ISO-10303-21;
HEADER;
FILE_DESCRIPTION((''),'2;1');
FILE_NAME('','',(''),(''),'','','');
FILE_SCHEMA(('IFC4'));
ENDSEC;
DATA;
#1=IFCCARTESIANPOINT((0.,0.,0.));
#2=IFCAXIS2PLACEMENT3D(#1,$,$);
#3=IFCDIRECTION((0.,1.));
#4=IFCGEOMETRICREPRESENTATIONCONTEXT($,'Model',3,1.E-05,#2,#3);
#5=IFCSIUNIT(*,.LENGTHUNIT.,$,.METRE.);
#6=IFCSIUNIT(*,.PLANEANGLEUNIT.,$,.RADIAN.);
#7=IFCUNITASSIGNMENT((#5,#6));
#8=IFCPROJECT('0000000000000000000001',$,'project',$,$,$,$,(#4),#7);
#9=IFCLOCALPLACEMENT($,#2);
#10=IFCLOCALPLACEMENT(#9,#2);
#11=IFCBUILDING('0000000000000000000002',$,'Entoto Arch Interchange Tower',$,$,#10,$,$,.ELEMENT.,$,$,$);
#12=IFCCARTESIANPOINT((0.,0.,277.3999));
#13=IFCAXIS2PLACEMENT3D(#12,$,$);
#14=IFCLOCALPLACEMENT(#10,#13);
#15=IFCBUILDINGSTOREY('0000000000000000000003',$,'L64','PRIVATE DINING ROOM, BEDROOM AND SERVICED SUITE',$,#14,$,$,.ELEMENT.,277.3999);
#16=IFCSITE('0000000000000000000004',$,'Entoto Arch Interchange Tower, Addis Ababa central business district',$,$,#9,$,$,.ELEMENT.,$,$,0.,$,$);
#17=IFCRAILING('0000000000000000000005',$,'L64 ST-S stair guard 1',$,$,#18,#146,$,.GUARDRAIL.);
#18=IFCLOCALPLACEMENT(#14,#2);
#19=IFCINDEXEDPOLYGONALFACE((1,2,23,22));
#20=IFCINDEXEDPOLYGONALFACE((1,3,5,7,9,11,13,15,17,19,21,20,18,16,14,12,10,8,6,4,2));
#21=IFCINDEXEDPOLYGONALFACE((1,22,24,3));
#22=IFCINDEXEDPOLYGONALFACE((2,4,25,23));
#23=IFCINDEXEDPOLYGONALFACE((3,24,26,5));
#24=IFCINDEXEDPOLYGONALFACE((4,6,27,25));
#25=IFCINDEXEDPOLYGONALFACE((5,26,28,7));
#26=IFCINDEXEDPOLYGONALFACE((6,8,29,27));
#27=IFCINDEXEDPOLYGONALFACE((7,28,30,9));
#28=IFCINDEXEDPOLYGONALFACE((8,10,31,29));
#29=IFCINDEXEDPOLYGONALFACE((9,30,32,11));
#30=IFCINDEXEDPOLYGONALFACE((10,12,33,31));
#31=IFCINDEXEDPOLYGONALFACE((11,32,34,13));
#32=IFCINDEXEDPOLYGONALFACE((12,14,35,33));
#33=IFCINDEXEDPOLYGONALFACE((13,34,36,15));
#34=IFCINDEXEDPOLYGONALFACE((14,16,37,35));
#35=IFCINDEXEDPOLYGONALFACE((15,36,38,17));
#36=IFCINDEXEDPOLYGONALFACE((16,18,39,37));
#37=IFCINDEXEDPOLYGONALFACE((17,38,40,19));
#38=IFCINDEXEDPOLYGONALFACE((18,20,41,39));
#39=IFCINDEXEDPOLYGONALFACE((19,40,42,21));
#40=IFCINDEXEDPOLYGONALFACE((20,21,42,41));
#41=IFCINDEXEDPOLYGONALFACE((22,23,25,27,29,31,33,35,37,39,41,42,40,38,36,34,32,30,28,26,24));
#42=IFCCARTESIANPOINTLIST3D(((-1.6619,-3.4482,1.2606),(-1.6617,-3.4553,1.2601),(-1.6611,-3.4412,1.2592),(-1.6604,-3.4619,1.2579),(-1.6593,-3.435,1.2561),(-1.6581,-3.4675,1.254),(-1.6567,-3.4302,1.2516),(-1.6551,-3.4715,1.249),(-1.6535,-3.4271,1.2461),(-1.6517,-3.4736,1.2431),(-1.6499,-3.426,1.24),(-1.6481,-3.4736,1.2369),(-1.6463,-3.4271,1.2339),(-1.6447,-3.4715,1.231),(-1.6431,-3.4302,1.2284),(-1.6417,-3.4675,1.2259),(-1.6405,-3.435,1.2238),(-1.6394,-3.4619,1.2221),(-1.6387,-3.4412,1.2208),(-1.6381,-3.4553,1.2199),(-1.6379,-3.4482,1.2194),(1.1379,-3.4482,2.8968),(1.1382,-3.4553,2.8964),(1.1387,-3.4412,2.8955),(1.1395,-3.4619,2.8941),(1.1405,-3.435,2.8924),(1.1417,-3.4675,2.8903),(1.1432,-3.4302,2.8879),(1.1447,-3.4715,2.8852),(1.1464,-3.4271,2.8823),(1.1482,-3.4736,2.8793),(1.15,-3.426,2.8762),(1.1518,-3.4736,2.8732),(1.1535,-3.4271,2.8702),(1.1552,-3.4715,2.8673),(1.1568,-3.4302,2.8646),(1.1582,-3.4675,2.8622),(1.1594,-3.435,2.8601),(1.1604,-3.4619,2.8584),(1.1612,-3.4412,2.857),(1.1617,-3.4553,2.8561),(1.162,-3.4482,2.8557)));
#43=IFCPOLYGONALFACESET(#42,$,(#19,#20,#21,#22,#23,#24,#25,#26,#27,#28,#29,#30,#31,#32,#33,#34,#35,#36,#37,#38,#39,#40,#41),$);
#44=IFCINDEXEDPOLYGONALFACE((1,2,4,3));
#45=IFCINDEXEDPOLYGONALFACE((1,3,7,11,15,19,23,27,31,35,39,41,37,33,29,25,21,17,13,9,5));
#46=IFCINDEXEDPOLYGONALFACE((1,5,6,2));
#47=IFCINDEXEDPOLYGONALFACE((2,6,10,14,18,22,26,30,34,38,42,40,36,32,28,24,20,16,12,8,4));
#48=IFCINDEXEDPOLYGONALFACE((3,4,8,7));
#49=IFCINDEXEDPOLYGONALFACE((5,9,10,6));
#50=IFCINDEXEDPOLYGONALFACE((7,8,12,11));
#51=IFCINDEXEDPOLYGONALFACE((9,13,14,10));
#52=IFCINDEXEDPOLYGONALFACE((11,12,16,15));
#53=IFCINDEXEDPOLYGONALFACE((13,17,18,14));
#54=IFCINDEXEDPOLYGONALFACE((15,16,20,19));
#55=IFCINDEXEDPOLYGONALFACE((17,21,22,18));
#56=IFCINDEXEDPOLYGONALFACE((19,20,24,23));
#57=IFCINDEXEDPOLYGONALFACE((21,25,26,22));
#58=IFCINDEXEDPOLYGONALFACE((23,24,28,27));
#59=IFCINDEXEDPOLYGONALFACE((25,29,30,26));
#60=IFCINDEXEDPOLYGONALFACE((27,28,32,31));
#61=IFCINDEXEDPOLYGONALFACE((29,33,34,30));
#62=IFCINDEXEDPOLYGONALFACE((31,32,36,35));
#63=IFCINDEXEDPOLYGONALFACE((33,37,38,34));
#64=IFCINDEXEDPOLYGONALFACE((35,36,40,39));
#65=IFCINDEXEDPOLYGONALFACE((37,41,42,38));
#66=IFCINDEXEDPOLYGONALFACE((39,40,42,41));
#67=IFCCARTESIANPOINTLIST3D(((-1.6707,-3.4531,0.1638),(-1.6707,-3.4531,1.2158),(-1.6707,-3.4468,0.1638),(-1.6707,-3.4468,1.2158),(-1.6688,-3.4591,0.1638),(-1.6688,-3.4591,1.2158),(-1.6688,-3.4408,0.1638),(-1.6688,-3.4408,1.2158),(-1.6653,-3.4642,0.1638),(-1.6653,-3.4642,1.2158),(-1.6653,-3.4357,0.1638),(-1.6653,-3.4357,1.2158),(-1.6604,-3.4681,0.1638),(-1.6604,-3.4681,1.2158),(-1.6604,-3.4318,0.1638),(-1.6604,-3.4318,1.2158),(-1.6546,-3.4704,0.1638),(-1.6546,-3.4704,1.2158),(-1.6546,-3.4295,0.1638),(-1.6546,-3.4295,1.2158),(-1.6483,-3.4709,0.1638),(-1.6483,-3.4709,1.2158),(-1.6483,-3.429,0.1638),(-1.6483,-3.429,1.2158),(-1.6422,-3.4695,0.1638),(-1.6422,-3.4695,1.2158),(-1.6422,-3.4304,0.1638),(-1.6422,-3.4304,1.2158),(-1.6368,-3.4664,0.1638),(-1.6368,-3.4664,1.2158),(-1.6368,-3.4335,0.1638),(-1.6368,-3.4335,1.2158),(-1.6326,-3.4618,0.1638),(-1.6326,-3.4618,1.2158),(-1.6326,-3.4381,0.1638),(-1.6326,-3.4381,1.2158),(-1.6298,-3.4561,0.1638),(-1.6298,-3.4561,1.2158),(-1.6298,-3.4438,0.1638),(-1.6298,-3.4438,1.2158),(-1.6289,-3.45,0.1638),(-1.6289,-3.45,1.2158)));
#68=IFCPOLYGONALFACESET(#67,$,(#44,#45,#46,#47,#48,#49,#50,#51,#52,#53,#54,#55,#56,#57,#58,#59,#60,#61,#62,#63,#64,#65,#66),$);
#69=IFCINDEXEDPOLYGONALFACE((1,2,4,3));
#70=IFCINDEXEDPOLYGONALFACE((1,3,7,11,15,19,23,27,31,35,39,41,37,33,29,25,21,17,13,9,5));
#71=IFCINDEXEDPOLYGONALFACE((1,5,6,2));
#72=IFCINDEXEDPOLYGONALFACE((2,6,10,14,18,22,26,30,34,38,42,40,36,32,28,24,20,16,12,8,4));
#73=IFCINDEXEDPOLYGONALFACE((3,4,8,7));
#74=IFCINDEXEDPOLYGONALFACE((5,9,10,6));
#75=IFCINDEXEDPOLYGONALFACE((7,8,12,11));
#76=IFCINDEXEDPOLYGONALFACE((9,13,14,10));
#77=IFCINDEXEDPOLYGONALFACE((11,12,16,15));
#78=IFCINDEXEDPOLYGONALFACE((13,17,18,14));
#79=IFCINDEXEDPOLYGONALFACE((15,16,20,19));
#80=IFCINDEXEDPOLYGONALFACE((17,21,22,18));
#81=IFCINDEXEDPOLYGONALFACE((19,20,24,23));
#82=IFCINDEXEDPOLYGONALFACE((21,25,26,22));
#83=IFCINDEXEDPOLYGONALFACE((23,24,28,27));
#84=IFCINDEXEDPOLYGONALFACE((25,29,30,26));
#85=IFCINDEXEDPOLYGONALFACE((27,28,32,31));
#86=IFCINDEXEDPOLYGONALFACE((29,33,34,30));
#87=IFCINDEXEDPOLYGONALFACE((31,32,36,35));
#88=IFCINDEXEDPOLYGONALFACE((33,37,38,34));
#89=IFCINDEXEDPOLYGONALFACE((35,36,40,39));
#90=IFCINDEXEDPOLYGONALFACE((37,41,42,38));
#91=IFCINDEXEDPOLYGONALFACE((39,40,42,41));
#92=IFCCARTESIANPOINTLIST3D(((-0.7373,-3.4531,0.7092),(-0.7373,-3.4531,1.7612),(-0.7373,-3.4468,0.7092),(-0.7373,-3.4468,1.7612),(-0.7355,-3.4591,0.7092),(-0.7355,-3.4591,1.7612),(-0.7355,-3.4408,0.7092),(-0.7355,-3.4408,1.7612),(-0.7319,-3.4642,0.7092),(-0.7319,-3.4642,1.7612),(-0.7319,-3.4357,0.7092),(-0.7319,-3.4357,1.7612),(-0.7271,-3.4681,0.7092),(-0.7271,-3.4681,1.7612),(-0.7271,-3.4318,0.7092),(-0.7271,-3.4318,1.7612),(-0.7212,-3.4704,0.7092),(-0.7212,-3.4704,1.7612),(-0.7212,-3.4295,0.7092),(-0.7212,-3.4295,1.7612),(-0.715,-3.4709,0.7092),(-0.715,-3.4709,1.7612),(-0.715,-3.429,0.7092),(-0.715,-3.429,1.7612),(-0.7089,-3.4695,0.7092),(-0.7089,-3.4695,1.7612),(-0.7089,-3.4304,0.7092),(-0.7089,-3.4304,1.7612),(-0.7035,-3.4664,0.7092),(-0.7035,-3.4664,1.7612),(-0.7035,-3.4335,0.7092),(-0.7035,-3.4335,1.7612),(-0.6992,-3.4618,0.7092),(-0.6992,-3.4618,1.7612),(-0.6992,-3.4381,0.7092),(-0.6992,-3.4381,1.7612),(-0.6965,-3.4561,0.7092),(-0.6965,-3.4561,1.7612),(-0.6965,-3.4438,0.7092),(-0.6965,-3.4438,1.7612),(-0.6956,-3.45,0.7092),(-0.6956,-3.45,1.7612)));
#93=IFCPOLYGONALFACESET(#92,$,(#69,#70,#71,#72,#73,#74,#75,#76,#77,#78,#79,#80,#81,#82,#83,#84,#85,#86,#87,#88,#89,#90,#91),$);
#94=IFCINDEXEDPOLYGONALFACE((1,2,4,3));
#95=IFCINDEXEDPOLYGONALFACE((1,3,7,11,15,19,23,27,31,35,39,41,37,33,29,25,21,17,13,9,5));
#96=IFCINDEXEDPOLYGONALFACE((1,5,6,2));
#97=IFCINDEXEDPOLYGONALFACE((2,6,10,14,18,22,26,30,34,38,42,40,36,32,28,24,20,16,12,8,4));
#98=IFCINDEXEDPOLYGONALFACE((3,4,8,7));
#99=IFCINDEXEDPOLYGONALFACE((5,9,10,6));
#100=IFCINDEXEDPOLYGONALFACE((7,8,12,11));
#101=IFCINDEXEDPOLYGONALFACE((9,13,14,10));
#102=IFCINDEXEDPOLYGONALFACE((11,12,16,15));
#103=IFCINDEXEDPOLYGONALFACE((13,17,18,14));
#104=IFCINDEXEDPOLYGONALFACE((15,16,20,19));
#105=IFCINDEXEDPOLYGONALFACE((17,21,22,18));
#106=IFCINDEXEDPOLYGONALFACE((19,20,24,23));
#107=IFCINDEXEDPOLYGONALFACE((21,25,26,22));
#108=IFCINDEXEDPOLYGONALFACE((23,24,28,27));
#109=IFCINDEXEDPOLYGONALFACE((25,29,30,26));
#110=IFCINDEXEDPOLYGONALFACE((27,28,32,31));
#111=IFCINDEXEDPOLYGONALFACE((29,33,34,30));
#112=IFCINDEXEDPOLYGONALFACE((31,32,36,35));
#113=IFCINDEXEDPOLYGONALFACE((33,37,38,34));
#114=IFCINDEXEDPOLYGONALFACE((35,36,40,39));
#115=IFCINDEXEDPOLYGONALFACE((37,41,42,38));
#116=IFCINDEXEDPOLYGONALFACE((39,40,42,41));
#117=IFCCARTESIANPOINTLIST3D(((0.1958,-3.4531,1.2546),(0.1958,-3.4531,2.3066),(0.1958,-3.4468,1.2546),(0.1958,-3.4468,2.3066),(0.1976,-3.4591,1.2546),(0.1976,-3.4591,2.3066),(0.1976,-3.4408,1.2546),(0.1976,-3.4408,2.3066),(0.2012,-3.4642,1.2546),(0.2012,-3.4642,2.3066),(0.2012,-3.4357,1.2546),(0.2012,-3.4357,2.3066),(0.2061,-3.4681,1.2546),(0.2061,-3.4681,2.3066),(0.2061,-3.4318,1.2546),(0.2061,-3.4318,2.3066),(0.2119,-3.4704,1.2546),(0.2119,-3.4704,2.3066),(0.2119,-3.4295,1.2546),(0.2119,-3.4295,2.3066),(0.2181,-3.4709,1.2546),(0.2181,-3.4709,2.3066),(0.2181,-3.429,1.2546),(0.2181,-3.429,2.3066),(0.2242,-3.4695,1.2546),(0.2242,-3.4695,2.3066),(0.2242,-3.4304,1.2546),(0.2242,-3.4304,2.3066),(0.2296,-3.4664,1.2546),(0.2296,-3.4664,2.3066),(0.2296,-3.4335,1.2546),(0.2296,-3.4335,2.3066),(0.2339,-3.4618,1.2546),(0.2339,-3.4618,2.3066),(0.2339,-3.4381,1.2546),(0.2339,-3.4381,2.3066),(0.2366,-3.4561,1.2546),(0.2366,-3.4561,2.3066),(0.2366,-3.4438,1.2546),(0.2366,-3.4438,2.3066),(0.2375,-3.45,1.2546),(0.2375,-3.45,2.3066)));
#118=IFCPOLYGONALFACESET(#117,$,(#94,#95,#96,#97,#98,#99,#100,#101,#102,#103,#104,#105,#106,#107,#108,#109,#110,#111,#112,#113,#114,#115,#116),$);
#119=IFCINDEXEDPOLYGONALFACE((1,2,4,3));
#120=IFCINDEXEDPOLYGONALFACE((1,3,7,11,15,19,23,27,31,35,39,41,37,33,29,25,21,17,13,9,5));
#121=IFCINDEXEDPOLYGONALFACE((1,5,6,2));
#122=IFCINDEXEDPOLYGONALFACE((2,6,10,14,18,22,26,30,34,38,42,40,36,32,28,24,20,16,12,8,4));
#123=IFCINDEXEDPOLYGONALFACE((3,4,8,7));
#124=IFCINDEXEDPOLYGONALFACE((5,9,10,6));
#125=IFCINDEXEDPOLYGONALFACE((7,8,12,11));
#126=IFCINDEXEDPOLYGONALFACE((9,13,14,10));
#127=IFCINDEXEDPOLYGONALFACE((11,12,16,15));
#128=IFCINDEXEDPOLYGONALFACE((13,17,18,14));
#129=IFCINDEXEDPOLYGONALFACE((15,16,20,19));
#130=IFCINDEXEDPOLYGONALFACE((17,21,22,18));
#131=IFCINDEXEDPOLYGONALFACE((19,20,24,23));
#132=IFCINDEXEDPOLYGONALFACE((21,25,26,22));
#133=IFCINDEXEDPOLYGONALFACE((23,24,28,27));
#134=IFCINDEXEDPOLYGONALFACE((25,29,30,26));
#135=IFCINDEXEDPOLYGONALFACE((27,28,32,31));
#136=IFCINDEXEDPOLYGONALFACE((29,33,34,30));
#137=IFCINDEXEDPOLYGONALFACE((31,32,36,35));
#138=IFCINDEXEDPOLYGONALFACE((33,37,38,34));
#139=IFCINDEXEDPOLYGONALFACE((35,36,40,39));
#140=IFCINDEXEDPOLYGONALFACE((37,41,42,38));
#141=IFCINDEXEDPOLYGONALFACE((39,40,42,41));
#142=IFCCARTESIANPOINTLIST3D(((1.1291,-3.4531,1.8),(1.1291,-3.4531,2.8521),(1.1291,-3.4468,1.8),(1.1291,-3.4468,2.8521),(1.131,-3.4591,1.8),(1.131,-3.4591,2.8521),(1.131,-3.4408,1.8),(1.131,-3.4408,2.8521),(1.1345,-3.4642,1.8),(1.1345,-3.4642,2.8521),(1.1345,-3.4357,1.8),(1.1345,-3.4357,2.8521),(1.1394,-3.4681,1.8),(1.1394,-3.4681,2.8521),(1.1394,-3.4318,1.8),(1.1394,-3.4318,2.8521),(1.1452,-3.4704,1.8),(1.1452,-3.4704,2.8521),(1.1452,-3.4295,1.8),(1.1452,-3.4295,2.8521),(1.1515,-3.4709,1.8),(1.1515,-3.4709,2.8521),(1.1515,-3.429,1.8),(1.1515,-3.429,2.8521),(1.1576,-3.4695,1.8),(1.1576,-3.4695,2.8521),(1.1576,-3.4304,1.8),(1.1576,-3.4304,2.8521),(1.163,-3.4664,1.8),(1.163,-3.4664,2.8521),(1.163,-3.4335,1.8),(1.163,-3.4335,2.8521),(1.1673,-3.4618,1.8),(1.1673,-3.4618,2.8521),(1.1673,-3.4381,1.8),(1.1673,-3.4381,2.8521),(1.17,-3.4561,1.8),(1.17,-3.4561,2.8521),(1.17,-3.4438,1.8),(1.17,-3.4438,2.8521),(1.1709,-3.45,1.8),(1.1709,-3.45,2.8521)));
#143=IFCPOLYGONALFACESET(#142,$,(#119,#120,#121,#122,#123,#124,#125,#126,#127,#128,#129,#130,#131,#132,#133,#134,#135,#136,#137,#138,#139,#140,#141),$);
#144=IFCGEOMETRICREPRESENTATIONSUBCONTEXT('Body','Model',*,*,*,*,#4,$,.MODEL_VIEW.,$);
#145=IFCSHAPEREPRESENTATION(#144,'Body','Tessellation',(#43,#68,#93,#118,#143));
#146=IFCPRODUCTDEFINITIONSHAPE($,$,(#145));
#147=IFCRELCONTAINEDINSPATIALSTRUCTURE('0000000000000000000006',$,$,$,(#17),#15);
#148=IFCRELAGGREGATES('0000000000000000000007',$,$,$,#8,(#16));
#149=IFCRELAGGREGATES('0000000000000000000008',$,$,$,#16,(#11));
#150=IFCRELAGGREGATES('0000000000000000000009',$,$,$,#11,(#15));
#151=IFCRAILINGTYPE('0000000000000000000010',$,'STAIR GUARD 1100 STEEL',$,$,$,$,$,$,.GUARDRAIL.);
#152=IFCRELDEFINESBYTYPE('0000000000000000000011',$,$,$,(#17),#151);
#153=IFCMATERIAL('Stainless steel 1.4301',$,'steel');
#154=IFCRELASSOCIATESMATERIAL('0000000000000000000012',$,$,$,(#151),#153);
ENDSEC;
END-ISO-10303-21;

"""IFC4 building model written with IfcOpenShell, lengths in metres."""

from ifc_helpers import new_model, si_unit, direction, frame, origin, origin_2d, place, context, subcontext, project, spatial, circle, extrude, material, type_object, element, save


model = new_model("IFC4")

# Units and contexts
model_context = context("Model", 3, precision=1e-05, world=origin(), true_north=direction((0.0, 1.0)))
body_context = subcontext(model_context, "Body", "Model", "MODEL_VIEW")
ifc_project = project(units=[si_unit("LENGTHUNIT", "METRE"), si_unit("PLANEANGLEUNIT", "RADIAN")], contexts=[model_context])

# Site, building, storey
site_placement = place(None, origin())
site = spatial("IfcSite", under=ifc_project, at=site_placement, Name="Entoto Arch Interchange Tower, Addis Ababa central business district", CompositionType="ELEMENT", RefElevation=0.0)
building_placement = place(site_placement, origin())
building = spatial("IfcBuilding", under=site, at=building_placement, Name="Entoto Arch Interchange Tower", CompositionType="ELEMENT")
storey_placement = place(building_placement, frame((0.0, 0.0, 277.3999)))
storey = spatial("IfcBuildingStorey", under=building, at=storey_placement, Name="L64", Description="PRIVATE DINING ROOM, BEDROOM AND SERVICED SUITE", CompositionType="ELEMENT", Elevation=277.3999)

# Railing
ifc_material_1 = material(Name="Stainless steel 1.4301", Category="steel")
railing_type_1 = type_object("IfcRailingType", Name="STAIR GUARD 1100 STEEL", PredefinedType="GUARDRAIL", material=ifc_material_1)
railing_1_placement = place(storey_placement, frame((-1.6499, -3.45, 0.1638)))
element("IfcRailing", 1, at=railing_1_placement, inside=storey, type_object=railing_type_1, Name="L64 ST-S stair guard 1", PredefinedType="GUARDRAIL", context=body_context, shape_type="SweptSolid", body=[
    extrude(circle(Radius=0.0239, at=origin_2d()), frame((0.0, 0.0, 1.0762), z_axis=(0.863374, 0.0, 0.504564), x_axis=(0.0, 1.0, 0.0)), (0.0, 0.0, 1.0), 3.2429),
    extrude(circle(Radius=0.021, at=origin_2d()), origin(), (0.0, 0.0, 1.0), 1.052),
    extrude(circle(Radius=0.021, at=origin_2d()), frame((0.9333, 0.0, 0.5454)), (0.0, 0.0, 1.0), 1.052),
    extrude(circle(Radius=0.021, at=origin_2d()), frame((1.8665, 0.0, 1.0908)), (0.0, 0.0, 1.0), 1.052),
    extrude(circle(Radius=0.021, at=origin_2d()), frame((2.7998, 0.0, 1.6362)), (0.0, 0.0, 1.0), 1.052),
])

save(model, "model.ifc")
